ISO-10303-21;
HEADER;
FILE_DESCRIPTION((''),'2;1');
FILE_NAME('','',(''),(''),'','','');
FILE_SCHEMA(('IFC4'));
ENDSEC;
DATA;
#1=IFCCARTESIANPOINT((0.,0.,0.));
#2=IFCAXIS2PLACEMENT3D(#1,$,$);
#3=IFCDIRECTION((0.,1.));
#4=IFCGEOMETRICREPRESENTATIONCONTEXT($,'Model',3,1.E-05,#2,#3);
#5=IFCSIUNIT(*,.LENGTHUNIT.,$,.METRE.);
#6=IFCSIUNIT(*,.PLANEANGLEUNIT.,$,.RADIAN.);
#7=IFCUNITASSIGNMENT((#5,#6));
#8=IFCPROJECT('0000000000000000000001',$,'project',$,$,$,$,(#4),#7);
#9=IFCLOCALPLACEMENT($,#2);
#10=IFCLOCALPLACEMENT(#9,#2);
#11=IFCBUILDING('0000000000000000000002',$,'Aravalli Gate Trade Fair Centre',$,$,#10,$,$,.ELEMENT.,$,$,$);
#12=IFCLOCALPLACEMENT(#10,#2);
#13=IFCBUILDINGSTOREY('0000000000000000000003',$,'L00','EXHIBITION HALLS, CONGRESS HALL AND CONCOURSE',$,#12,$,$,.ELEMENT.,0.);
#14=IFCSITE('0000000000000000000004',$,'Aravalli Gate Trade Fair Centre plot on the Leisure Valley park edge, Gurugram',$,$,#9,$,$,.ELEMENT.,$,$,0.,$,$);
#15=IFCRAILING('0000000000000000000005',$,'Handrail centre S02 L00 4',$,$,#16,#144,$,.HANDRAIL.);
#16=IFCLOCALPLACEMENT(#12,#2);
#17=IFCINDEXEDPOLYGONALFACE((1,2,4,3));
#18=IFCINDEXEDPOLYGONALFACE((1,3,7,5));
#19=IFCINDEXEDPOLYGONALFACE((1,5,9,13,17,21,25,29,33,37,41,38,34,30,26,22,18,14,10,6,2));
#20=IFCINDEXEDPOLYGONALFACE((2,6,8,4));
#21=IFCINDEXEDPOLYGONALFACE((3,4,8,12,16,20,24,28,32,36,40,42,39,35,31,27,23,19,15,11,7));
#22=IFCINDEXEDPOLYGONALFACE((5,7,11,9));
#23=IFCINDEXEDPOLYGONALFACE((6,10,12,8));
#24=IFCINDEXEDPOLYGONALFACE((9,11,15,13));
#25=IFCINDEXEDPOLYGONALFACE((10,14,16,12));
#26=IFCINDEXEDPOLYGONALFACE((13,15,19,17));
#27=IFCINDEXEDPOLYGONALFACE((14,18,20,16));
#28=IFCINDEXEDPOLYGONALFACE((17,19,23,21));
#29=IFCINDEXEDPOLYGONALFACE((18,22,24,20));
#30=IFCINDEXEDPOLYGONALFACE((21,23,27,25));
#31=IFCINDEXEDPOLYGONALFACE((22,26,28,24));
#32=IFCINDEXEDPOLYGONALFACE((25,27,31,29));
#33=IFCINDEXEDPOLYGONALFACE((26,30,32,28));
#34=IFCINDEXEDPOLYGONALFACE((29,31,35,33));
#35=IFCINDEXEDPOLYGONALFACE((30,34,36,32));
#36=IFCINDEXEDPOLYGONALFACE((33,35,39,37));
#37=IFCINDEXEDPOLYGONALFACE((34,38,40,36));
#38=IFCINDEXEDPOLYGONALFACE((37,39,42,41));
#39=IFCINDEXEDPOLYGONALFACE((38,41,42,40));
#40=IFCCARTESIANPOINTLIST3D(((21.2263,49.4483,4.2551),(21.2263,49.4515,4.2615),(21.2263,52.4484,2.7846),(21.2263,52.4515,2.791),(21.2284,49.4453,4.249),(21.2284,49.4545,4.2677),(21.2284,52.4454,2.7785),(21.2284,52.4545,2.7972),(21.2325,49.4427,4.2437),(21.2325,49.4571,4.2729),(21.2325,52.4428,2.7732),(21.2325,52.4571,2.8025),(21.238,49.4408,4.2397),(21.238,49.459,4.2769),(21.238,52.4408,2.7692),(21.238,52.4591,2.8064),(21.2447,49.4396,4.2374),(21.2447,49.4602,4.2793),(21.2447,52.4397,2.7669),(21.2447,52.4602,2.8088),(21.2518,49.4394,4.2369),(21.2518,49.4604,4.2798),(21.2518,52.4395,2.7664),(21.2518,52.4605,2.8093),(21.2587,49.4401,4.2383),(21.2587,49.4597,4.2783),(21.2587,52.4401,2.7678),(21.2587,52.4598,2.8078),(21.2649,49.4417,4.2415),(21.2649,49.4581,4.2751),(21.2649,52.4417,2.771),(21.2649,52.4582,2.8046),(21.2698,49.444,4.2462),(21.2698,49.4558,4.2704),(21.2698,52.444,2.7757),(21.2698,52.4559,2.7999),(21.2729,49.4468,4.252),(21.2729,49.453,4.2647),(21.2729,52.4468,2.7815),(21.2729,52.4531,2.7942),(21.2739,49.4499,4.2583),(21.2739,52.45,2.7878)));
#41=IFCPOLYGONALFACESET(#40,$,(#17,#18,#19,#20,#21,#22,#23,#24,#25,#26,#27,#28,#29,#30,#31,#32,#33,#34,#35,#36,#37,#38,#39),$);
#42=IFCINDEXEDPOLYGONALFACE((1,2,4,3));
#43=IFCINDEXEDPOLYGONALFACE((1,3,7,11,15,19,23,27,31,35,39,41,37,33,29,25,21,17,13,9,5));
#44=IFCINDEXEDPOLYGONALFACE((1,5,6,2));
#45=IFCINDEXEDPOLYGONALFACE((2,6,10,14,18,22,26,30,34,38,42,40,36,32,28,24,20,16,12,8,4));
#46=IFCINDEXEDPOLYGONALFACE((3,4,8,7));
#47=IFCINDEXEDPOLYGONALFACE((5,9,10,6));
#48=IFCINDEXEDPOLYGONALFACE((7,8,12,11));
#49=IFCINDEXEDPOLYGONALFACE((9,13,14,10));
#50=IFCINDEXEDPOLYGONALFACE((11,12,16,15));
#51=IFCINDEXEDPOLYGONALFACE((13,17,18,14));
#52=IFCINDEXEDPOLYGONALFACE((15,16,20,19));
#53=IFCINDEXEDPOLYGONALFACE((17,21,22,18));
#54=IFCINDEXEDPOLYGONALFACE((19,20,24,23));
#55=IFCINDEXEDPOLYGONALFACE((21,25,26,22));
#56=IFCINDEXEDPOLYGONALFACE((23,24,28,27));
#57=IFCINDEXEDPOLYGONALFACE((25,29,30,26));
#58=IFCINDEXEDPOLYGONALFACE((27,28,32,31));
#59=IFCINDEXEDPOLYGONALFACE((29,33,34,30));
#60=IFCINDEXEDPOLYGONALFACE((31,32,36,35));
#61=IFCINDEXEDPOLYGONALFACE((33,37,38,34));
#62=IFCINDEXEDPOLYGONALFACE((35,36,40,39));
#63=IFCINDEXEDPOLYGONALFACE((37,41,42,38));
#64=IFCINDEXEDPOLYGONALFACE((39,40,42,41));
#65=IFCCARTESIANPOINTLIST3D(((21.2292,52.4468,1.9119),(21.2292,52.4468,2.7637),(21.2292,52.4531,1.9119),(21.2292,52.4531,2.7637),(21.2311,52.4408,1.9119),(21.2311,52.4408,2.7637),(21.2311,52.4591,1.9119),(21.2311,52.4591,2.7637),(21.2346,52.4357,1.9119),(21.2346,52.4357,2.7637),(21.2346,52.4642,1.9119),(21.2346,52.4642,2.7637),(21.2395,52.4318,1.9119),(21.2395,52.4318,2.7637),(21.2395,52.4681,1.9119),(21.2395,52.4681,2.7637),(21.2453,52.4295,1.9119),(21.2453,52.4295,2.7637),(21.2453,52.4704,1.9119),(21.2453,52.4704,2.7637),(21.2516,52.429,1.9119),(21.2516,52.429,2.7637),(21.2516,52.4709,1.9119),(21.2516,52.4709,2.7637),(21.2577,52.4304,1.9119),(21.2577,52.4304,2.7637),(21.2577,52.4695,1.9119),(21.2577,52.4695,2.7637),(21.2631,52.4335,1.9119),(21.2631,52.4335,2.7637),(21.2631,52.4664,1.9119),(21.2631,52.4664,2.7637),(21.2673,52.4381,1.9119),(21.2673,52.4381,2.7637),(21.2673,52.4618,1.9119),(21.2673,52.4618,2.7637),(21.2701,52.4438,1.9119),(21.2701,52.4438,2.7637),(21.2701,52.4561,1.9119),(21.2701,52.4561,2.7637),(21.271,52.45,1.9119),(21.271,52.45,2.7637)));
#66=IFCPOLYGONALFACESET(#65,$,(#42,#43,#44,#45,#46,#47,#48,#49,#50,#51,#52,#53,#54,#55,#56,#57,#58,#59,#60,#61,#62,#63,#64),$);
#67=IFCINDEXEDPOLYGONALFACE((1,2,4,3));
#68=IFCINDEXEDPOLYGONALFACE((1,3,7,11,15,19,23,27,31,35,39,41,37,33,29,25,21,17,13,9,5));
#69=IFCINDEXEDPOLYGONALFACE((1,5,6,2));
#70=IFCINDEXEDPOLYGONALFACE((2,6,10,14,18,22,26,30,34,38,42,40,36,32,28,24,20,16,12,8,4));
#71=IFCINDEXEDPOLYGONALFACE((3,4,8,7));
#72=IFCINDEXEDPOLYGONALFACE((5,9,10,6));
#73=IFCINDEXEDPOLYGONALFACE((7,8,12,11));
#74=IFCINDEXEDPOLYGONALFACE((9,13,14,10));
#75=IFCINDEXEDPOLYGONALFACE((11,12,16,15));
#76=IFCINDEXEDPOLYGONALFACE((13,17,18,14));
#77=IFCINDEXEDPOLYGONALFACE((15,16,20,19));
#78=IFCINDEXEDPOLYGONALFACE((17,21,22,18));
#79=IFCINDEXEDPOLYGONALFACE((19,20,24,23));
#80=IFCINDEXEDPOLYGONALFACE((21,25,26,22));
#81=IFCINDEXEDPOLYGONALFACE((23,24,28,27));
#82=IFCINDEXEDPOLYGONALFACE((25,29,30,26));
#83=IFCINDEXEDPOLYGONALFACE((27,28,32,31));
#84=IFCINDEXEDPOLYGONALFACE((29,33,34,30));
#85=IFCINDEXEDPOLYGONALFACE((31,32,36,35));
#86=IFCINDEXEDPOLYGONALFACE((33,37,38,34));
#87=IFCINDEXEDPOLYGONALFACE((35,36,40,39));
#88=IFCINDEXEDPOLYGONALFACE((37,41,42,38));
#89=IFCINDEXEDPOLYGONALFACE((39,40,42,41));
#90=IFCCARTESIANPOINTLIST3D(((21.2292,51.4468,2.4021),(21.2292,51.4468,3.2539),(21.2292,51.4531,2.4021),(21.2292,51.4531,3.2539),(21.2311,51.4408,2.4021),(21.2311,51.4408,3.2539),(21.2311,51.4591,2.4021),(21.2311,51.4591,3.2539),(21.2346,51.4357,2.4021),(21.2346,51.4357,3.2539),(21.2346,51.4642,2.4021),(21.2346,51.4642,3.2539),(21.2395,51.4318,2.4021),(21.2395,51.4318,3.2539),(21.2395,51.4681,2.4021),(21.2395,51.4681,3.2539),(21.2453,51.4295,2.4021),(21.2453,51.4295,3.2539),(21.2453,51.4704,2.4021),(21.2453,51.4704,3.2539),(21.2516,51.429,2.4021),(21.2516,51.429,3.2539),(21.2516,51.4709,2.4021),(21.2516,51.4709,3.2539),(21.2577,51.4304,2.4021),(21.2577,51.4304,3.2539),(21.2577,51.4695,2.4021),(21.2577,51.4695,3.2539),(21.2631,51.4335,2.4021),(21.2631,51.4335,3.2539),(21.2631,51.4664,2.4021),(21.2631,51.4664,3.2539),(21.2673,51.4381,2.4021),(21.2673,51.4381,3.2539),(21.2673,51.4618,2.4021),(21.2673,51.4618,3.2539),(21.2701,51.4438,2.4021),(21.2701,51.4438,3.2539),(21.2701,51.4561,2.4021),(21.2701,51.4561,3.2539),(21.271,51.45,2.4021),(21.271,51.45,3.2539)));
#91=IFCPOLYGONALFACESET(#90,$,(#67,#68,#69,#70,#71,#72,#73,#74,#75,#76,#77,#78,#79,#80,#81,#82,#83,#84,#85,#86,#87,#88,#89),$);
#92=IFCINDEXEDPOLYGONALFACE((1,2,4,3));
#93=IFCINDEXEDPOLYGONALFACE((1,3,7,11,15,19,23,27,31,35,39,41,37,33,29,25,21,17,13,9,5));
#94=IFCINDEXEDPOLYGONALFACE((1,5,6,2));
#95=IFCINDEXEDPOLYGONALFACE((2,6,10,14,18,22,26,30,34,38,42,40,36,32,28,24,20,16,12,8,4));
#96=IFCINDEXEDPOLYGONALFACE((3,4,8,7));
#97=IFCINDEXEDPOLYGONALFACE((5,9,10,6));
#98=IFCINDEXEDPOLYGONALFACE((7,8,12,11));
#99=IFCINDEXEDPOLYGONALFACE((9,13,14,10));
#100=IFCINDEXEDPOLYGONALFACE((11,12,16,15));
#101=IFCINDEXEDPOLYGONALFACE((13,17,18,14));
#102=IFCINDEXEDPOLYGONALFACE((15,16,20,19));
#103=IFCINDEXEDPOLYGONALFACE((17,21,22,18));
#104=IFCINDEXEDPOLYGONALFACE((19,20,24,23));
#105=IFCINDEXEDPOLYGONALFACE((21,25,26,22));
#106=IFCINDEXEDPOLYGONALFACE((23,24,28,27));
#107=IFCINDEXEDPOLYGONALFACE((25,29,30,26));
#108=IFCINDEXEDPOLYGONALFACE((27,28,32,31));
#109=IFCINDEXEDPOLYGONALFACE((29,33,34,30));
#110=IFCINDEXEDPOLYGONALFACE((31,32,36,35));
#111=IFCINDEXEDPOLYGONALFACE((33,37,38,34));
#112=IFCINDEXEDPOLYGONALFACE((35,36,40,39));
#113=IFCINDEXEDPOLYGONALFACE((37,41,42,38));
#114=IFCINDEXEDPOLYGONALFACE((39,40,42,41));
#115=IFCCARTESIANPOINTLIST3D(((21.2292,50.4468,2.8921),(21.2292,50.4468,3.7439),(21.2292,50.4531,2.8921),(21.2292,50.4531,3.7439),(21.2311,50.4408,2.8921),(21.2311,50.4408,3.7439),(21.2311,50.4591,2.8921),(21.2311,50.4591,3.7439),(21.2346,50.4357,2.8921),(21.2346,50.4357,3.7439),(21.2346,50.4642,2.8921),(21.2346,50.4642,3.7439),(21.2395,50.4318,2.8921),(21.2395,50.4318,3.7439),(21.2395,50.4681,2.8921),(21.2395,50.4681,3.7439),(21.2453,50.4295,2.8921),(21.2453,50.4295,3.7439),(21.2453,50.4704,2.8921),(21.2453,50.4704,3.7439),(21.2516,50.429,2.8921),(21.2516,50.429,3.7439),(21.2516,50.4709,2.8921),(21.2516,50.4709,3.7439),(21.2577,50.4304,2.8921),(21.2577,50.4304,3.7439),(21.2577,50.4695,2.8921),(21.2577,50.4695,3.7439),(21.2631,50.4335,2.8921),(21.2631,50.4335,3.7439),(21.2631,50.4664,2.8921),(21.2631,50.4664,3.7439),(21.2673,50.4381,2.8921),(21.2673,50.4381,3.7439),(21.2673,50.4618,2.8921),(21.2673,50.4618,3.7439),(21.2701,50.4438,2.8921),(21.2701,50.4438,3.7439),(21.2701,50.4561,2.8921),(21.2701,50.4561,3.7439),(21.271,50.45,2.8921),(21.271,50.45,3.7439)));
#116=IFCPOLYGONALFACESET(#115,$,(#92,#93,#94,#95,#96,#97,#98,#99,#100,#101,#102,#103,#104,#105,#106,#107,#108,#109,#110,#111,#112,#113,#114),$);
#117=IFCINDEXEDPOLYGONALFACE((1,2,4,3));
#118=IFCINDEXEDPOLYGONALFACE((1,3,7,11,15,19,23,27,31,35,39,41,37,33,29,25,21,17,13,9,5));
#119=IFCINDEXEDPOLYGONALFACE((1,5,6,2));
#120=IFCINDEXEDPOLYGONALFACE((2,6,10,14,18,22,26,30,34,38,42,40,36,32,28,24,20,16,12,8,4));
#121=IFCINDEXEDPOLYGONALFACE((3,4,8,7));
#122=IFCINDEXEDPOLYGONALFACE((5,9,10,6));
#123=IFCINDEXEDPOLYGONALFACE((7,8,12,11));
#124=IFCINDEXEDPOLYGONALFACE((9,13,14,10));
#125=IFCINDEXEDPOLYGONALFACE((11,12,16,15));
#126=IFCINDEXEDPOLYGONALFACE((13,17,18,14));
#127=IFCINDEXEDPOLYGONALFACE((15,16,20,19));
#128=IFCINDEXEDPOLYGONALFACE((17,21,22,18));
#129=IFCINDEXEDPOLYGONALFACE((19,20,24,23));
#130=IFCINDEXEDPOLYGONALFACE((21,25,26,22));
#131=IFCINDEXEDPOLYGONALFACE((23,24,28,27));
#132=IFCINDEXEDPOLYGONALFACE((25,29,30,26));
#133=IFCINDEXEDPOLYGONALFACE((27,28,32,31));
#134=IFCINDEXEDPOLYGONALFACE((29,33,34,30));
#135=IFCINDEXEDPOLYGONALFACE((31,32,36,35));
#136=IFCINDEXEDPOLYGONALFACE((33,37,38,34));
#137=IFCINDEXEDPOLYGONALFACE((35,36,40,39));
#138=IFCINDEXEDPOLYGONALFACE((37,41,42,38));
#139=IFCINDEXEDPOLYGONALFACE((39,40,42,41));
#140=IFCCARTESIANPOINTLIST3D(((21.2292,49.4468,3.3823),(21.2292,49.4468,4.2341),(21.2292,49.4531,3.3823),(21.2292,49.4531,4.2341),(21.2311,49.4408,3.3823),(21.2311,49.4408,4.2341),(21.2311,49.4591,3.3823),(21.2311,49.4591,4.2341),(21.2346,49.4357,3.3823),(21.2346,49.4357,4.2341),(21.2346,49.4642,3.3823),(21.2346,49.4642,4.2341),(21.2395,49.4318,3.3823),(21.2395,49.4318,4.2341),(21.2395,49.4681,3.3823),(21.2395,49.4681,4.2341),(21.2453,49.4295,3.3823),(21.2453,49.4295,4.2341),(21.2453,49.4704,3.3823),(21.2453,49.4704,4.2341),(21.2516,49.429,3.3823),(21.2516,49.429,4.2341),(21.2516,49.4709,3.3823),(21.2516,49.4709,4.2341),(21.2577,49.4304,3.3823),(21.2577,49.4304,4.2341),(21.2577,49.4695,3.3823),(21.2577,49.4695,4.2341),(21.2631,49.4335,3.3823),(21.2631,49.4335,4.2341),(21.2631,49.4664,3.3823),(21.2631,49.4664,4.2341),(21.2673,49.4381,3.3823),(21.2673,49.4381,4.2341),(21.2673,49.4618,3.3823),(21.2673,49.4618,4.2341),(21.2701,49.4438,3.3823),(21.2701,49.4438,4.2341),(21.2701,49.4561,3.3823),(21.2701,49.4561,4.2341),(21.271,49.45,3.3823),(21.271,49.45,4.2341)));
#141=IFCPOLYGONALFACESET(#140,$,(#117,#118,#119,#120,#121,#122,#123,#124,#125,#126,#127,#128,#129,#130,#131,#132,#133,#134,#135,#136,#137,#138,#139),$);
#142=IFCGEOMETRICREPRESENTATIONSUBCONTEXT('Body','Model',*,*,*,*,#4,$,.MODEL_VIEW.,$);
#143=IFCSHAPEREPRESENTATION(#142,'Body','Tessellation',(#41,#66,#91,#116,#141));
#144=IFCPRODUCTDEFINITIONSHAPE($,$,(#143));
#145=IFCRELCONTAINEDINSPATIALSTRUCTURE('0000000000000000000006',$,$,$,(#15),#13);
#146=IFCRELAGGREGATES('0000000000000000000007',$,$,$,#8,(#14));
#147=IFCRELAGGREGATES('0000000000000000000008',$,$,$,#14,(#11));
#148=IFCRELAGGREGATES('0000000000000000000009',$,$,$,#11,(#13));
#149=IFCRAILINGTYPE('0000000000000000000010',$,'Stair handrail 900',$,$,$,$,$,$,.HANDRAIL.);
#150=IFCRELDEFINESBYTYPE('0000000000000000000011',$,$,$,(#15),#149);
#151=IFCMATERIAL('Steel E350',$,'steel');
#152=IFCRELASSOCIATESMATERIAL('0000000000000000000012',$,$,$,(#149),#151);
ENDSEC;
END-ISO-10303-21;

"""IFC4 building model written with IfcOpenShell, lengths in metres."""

from ifc_helpers import new_model, si_unit, direction, frame, origin, origin_2d, place, context, subcontext, project, spatial, circle, extrude, material, type_object, element, save


model = new_model("IFC4")

# Units and contexts
model_context = context("Model", 3, precision=1e-05, world=origin(), true_north=direction((0.0, 1.0)))
body_context = subcontext(model_context, "Body", "Model", "MODEL_VIEW")
ifc_project = project(units=[si_unit("LENGTHUNIT", "METRE"), si_unit("PLANEANGLEUNIT", "RADIAN")], contexts=[model_context])

# Site, building, storey
site_placement = place(None, origin())
site = spatial("IfcSite", under=ifc_project, at=site_placement, Name="Aravalli Gate Trade Fair Centre plot on the Leisure Valley park edge, Gurugram", CompositionType="ELEMENT", RefElevation=0.0)
building_placement = place(site_placement, origin())
building = spatial("IfcBuilding", under=site, at=building_placement, Name="Aravalli Gate Trade Fair Centre", CompositionType="ELEMENT")
storey_placement = place(building_placement, origin())
storey = spatial("IfcBuildingStorey", under=building, at=storey_placement, Name="L00", Description="EXHIBITION HALLS, CONGRESS HALL AND CONCOURSE", CompositionType="ELEMENT", Elevation=0.0)

# Railing
ifc_material_1 = material(Name="Steel E350", Category="steel")
railing_type = type_object("IfcRailingType", Name="Stair handrail 900", PredefinedType="HANDRAIL", material=ifc_material_1)
for number, where, name in (
    (1, (21.25, 52.45, 1.9119), "Handrail centre S02 L00 4"),
):
    element("IfcRailing", number, at=place(storey_placement, frame(where)), inside=storey, type_object=railing_type, Name=name, PredefinedType="HANDRAIL", context=body_context, shape_type="SweptSolid", body=[
        extrude(circle(Radius=0.0239, at=origin_2d()), frame((0.0, 0.0, 0.876), z_axis=(0.0, -0.897936, 0.440126), x_axis=(1.0, 0.0, 0.0)), (0.0, 0.0, 1.0), 3.3411),
        extrude(circle(Radius=0.021, at=origin_2d()), origin(), (0.0, 0.0, 1.0), 0.8518),
        extrude(circle(Radius=0.021, at=origin_2d()), frame((0.0, -1.0, 0.4902)), (0.0, 0.0, 1.0), 0.8518),
        extrude(circle(Radius=0.021, at=origin_2d()), frame((0.0, -2.0, 0.9802)), (0.0, 0.0, 1.0), 0.8518),
        extrude(circle(Radius=0.021, at=origin_2d()), frame((0.0, -3.0, 1.4705)), (0.0, 0.0, 1.0), 0.8518),
    ])

save(model, "model.ifc")
